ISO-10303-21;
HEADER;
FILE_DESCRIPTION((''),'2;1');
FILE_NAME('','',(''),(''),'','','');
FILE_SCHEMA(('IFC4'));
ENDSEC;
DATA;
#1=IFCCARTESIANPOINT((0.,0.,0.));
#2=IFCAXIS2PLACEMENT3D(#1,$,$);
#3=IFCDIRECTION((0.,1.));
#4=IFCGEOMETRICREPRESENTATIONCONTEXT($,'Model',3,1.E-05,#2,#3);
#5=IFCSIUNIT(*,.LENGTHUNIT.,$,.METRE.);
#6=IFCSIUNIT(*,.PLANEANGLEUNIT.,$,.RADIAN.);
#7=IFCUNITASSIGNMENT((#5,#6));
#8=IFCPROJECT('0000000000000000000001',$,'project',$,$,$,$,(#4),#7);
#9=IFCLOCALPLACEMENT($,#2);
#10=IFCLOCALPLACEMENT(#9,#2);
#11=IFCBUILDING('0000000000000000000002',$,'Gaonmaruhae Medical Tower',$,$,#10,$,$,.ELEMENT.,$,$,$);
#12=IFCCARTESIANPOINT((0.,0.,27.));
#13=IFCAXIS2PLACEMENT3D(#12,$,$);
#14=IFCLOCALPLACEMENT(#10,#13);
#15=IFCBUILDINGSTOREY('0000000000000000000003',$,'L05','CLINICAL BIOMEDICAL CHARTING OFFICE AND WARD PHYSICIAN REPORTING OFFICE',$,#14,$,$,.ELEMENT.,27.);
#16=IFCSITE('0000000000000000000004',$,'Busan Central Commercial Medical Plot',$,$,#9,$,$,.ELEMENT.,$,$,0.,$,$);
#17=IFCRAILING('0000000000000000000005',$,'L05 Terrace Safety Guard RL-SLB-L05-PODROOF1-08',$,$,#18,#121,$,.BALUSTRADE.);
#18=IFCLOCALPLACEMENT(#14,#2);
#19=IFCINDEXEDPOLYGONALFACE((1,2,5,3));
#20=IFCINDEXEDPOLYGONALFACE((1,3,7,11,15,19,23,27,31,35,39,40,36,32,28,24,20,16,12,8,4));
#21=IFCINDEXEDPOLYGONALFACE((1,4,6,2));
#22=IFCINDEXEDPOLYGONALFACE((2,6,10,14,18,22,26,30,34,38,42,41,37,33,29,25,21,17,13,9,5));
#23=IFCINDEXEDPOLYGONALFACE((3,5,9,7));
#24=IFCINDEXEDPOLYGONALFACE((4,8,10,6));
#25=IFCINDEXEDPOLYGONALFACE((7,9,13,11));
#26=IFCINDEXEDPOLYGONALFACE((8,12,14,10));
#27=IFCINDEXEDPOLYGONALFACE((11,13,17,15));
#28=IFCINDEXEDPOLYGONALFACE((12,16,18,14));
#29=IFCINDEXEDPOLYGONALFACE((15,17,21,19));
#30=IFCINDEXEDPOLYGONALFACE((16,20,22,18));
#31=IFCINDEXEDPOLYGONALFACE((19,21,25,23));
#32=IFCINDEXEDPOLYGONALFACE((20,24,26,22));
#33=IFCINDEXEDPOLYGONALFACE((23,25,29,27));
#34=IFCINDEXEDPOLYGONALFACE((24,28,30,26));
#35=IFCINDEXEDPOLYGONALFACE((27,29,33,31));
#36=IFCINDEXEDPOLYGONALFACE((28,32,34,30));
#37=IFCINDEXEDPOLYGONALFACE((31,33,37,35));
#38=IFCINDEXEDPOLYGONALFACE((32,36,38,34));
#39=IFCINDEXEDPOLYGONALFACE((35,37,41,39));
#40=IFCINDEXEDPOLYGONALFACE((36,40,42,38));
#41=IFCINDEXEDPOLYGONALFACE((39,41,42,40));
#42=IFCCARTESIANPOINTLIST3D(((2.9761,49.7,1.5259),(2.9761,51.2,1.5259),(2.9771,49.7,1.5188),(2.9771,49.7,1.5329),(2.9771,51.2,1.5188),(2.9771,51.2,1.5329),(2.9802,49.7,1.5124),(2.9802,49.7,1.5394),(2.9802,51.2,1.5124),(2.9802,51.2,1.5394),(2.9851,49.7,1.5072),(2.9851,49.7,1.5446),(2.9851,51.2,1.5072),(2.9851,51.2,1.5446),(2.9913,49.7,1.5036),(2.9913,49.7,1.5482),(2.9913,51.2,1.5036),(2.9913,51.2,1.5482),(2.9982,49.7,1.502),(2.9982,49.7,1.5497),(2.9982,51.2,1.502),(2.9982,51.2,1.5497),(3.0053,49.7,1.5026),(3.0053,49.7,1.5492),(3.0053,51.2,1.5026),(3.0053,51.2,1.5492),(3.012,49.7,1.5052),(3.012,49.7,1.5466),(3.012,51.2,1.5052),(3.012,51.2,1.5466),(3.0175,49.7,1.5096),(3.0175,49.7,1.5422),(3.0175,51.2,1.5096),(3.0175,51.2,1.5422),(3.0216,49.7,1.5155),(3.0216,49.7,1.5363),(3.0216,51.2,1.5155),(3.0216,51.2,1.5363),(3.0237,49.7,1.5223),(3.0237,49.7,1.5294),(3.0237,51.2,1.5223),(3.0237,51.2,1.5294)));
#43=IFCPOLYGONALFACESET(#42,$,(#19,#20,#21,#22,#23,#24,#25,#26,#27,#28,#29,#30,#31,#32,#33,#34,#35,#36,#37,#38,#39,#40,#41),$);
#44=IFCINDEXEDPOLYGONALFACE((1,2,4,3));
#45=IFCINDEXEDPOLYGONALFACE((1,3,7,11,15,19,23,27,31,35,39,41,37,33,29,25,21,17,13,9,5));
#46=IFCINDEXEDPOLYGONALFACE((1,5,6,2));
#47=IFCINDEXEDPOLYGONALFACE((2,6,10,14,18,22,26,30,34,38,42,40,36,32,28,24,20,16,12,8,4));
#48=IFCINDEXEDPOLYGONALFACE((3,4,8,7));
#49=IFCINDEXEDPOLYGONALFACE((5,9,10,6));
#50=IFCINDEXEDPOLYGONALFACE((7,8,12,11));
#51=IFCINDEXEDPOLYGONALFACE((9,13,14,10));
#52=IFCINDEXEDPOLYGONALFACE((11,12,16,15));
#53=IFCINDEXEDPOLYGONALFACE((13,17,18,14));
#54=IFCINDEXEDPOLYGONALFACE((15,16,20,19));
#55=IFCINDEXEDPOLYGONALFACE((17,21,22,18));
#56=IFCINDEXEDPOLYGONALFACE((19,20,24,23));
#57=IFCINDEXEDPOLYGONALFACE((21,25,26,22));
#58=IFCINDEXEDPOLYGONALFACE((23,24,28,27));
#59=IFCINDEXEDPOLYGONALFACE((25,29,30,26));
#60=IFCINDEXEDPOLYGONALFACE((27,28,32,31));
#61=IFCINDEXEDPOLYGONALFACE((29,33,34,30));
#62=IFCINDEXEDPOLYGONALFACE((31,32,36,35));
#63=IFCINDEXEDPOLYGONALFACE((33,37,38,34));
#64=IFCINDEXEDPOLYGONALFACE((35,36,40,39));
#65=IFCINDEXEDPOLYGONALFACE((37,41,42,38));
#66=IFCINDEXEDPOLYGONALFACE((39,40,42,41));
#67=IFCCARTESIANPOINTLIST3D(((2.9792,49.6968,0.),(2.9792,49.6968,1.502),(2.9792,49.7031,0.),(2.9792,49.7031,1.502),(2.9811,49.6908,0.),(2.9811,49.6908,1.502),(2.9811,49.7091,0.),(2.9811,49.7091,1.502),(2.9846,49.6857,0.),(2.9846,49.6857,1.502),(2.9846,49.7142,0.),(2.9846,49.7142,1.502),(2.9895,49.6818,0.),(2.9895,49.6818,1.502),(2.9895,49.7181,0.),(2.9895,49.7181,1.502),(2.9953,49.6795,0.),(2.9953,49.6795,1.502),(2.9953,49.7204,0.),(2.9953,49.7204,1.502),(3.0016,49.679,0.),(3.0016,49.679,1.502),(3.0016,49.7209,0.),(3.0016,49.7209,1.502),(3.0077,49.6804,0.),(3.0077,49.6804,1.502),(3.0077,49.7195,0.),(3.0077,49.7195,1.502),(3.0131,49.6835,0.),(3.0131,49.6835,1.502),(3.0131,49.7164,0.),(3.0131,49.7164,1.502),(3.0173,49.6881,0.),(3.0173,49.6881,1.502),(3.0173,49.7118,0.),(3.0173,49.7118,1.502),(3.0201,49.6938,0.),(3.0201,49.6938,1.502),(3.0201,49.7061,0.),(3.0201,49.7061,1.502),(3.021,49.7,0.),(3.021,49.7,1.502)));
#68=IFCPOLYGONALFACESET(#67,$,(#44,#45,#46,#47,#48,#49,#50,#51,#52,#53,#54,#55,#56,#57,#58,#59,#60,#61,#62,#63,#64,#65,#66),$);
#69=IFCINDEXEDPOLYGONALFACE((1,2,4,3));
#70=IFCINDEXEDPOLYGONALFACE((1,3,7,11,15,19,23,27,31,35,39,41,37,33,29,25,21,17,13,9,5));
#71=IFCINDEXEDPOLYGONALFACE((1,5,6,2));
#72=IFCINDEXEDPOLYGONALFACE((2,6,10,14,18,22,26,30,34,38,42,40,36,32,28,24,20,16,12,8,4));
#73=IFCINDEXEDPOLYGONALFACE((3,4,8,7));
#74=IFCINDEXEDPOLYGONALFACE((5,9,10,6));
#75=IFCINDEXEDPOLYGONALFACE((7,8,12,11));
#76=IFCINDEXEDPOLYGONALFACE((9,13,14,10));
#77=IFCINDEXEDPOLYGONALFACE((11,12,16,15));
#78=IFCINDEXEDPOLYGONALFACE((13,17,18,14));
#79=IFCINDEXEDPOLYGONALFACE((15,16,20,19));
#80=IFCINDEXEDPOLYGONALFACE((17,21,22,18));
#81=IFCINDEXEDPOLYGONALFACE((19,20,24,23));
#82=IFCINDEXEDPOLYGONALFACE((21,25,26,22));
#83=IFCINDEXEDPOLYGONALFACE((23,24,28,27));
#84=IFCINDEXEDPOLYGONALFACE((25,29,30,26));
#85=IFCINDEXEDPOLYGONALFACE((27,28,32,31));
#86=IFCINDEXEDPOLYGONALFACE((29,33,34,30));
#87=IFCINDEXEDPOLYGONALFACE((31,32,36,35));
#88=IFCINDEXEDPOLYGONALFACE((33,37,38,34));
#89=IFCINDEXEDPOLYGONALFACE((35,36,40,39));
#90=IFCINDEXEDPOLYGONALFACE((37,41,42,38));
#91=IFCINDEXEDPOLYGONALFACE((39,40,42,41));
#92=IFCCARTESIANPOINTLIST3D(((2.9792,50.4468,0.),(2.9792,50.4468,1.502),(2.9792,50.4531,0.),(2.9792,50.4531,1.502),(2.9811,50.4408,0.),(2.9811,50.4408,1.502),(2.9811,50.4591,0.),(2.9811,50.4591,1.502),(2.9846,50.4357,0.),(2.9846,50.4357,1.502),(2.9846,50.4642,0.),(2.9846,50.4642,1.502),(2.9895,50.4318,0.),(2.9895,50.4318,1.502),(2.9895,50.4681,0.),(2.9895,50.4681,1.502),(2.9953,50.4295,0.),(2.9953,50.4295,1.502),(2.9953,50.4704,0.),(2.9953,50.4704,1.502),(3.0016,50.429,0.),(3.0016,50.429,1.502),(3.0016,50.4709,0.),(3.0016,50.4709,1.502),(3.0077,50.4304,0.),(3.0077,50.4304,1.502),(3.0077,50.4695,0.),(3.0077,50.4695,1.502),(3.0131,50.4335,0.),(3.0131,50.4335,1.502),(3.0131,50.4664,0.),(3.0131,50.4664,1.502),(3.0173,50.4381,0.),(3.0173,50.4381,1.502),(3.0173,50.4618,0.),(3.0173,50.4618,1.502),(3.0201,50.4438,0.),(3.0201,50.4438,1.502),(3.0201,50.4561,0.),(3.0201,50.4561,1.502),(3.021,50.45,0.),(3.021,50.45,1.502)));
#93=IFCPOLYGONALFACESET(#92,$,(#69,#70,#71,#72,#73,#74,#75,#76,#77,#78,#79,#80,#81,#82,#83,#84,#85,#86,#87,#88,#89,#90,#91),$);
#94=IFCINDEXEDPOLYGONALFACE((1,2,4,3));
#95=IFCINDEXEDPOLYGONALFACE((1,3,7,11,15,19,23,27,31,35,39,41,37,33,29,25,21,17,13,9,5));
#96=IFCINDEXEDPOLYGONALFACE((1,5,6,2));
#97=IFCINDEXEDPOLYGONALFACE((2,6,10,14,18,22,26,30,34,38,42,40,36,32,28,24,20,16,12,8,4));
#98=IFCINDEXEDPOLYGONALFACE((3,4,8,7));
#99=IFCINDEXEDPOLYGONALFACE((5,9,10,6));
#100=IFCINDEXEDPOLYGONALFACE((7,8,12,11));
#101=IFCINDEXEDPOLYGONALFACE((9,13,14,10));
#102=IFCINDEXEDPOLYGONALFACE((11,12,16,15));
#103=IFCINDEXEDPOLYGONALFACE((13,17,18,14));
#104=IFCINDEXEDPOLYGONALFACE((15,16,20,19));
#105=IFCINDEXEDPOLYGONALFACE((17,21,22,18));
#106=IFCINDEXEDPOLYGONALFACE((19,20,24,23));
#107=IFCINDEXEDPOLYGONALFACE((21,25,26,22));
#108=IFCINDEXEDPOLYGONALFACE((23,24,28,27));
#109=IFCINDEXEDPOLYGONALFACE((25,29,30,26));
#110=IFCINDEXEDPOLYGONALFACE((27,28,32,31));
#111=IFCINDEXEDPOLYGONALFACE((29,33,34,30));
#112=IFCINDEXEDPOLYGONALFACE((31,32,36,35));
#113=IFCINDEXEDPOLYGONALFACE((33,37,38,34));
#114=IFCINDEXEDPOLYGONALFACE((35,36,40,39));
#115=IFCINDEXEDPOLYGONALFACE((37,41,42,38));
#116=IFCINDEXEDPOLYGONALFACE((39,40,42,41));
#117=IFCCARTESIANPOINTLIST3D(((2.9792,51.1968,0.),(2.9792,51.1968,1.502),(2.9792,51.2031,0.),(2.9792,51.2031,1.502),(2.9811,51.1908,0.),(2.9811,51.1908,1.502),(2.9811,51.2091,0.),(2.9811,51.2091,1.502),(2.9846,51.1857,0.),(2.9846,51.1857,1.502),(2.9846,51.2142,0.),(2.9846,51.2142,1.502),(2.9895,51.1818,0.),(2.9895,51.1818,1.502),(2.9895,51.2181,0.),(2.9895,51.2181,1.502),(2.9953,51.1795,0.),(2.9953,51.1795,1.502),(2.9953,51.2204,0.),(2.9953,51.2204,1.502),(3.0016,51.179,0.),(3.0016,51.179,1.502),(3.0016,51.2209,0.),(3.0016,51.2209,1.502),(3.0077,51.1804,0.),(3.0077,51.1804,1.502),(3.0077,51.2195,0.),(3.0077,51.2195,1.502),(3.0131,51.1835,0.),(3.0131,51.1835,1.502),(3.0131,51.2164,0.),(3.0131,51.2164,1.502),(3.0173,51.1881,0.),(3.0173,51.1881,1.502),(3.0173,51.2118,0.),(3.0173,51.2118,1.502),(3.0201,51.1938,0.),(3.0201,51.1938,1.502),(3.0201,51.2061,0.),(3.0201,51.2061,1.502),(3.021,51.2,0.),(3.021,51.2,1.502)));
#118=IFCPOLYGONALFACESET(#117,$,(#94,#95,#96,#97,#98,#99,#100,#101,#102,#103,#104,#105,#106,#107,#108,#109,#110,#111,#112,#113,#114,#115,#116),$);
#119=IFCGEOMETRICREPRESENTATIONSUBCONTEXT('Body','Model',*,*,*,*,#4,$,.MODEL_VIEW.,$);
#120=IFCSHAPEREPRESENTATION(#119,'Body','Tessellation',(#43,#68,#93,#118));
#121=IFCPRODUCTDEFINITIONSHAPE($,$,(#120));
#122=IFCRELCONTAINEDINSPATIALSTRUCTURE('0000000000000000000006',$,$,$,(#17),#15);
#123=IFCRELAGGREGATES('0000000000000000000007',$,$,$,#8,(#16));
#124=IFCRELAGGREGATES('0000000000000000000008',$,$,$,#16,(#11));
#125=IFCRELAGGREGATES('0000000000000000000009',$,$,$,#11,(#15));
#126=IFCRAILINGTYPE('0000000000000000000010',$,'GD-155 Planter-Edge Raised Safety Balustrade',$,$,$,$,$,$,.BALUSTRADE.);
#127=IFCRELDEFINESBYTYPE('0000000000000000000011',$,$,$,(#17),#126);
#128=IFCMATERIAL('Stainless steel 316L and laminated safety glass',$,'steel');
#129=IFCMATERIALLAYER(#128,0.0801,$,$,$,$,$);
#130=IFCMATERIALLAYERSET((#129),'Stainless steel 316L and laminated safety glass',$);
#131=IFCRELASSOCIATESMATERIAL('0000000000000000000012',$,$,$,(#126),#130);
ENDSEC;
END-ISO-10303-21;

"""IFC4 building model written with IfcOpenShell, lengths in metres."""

from ifc_helpers import new_model, si_unit, direction, frame, origin, origin_2d, place, context, subcontext, project, spatial, circle, extrude, material, layer, layer_set, type_object, element, save


model = new_model("IFC4")

# Units and contexts
model_context = context("Model", 3, precision=1e-05, world=origin(), true_north=direction((0.0, 1.0)))
body_context = subcontext(model_context, "Body", "Model", "MODEL_VIEW")
ifc_project = project(units=[si_unit("LENGTHUNIT", "METRE"), si_unit("PLANEANGLEUNIT", "RADIAN")], contexts=[model_context])

# Site, building, storey
site_placement = place(None, origin())
site = spatial("IfcSite", under=ifc_project, at=site_placement, Name="Busan Central Commercial Medical Plot", CompositionType="ELEMENT", RefElevation=0.0)
building_placement = place(site_placement, origin())
building = spatial("IfcBuilding", under=site, at=building_placement, Name="Gaonmaruhae Medical Tower", CompositionType="ELEMENT")
storey_placement = place(building_placement, frame((0.0, 0.0, 27.0)))
storey = spatial("IfcBuildingStorey", under=building, at=storey_placement, Name="L05", Description="CLINICAL BIOMEDICAL CHARTING OFFICE AND WARD PHYSICIAN REPORTING OFFICE", CompositionType="ELEMENT", Elevation=27.0)

# Railing
ifc_material_1 = material(Name="Stainless steel 316L and laminated safety glass", Category="steel")
ifc_layer_1 = layer(ifc_material_1, 0.0801)
ifc_layer_set_1 = layer_set([ifc_layer_1], Name="Stainless steel 316L and laminated safety glass")
railing_type = type_object("IfcRailingType", Name="GD-155 Planter-Edge Raised Safety Balustrade", PredefinedType="BALUSTRADE", material=ifc_layer_set_1)
railing_1_placement = place(storey_placement, frame((3.0, 49.7, 0.0)))
element("IfcRailing", 1, at=railing_1_placement, inside=storey, type_object=railing_type, Name="L05 Terrace Safety Guard RL-SLB-L05-PODROOF1-08", PredefinedType="BALUSTRADE", context=body_context, shape_type="SweptSolid", body=[
    extrude(circle(Radius=0.0239, at=origin_2d()), frame((0.0, 0.0, 1.5259), z_axis=(0.0, 1.0, 0.0), x_axis=(-1.0, 0.0, 0.0)), (0.0, 0.0, 1.0), 1.5),
    extrude(circle(Radius=0.021, at=origin_2d()), origin(), (0.0, 0.0, 1.0), 1.502),
    extrude(circle(Radius=0.021, at=origin_2d()), frame((0.0, 0.75, 0.0)), (0.0, 0.0, 1.0), 1.502),
    extrude(circle(Radius=0.021, at=origin_2d()), frame((0.0, 1.5, 0.0)), (0.0, 0.0, 1.0), 1.502),
])

save(model, "model.ifc")
